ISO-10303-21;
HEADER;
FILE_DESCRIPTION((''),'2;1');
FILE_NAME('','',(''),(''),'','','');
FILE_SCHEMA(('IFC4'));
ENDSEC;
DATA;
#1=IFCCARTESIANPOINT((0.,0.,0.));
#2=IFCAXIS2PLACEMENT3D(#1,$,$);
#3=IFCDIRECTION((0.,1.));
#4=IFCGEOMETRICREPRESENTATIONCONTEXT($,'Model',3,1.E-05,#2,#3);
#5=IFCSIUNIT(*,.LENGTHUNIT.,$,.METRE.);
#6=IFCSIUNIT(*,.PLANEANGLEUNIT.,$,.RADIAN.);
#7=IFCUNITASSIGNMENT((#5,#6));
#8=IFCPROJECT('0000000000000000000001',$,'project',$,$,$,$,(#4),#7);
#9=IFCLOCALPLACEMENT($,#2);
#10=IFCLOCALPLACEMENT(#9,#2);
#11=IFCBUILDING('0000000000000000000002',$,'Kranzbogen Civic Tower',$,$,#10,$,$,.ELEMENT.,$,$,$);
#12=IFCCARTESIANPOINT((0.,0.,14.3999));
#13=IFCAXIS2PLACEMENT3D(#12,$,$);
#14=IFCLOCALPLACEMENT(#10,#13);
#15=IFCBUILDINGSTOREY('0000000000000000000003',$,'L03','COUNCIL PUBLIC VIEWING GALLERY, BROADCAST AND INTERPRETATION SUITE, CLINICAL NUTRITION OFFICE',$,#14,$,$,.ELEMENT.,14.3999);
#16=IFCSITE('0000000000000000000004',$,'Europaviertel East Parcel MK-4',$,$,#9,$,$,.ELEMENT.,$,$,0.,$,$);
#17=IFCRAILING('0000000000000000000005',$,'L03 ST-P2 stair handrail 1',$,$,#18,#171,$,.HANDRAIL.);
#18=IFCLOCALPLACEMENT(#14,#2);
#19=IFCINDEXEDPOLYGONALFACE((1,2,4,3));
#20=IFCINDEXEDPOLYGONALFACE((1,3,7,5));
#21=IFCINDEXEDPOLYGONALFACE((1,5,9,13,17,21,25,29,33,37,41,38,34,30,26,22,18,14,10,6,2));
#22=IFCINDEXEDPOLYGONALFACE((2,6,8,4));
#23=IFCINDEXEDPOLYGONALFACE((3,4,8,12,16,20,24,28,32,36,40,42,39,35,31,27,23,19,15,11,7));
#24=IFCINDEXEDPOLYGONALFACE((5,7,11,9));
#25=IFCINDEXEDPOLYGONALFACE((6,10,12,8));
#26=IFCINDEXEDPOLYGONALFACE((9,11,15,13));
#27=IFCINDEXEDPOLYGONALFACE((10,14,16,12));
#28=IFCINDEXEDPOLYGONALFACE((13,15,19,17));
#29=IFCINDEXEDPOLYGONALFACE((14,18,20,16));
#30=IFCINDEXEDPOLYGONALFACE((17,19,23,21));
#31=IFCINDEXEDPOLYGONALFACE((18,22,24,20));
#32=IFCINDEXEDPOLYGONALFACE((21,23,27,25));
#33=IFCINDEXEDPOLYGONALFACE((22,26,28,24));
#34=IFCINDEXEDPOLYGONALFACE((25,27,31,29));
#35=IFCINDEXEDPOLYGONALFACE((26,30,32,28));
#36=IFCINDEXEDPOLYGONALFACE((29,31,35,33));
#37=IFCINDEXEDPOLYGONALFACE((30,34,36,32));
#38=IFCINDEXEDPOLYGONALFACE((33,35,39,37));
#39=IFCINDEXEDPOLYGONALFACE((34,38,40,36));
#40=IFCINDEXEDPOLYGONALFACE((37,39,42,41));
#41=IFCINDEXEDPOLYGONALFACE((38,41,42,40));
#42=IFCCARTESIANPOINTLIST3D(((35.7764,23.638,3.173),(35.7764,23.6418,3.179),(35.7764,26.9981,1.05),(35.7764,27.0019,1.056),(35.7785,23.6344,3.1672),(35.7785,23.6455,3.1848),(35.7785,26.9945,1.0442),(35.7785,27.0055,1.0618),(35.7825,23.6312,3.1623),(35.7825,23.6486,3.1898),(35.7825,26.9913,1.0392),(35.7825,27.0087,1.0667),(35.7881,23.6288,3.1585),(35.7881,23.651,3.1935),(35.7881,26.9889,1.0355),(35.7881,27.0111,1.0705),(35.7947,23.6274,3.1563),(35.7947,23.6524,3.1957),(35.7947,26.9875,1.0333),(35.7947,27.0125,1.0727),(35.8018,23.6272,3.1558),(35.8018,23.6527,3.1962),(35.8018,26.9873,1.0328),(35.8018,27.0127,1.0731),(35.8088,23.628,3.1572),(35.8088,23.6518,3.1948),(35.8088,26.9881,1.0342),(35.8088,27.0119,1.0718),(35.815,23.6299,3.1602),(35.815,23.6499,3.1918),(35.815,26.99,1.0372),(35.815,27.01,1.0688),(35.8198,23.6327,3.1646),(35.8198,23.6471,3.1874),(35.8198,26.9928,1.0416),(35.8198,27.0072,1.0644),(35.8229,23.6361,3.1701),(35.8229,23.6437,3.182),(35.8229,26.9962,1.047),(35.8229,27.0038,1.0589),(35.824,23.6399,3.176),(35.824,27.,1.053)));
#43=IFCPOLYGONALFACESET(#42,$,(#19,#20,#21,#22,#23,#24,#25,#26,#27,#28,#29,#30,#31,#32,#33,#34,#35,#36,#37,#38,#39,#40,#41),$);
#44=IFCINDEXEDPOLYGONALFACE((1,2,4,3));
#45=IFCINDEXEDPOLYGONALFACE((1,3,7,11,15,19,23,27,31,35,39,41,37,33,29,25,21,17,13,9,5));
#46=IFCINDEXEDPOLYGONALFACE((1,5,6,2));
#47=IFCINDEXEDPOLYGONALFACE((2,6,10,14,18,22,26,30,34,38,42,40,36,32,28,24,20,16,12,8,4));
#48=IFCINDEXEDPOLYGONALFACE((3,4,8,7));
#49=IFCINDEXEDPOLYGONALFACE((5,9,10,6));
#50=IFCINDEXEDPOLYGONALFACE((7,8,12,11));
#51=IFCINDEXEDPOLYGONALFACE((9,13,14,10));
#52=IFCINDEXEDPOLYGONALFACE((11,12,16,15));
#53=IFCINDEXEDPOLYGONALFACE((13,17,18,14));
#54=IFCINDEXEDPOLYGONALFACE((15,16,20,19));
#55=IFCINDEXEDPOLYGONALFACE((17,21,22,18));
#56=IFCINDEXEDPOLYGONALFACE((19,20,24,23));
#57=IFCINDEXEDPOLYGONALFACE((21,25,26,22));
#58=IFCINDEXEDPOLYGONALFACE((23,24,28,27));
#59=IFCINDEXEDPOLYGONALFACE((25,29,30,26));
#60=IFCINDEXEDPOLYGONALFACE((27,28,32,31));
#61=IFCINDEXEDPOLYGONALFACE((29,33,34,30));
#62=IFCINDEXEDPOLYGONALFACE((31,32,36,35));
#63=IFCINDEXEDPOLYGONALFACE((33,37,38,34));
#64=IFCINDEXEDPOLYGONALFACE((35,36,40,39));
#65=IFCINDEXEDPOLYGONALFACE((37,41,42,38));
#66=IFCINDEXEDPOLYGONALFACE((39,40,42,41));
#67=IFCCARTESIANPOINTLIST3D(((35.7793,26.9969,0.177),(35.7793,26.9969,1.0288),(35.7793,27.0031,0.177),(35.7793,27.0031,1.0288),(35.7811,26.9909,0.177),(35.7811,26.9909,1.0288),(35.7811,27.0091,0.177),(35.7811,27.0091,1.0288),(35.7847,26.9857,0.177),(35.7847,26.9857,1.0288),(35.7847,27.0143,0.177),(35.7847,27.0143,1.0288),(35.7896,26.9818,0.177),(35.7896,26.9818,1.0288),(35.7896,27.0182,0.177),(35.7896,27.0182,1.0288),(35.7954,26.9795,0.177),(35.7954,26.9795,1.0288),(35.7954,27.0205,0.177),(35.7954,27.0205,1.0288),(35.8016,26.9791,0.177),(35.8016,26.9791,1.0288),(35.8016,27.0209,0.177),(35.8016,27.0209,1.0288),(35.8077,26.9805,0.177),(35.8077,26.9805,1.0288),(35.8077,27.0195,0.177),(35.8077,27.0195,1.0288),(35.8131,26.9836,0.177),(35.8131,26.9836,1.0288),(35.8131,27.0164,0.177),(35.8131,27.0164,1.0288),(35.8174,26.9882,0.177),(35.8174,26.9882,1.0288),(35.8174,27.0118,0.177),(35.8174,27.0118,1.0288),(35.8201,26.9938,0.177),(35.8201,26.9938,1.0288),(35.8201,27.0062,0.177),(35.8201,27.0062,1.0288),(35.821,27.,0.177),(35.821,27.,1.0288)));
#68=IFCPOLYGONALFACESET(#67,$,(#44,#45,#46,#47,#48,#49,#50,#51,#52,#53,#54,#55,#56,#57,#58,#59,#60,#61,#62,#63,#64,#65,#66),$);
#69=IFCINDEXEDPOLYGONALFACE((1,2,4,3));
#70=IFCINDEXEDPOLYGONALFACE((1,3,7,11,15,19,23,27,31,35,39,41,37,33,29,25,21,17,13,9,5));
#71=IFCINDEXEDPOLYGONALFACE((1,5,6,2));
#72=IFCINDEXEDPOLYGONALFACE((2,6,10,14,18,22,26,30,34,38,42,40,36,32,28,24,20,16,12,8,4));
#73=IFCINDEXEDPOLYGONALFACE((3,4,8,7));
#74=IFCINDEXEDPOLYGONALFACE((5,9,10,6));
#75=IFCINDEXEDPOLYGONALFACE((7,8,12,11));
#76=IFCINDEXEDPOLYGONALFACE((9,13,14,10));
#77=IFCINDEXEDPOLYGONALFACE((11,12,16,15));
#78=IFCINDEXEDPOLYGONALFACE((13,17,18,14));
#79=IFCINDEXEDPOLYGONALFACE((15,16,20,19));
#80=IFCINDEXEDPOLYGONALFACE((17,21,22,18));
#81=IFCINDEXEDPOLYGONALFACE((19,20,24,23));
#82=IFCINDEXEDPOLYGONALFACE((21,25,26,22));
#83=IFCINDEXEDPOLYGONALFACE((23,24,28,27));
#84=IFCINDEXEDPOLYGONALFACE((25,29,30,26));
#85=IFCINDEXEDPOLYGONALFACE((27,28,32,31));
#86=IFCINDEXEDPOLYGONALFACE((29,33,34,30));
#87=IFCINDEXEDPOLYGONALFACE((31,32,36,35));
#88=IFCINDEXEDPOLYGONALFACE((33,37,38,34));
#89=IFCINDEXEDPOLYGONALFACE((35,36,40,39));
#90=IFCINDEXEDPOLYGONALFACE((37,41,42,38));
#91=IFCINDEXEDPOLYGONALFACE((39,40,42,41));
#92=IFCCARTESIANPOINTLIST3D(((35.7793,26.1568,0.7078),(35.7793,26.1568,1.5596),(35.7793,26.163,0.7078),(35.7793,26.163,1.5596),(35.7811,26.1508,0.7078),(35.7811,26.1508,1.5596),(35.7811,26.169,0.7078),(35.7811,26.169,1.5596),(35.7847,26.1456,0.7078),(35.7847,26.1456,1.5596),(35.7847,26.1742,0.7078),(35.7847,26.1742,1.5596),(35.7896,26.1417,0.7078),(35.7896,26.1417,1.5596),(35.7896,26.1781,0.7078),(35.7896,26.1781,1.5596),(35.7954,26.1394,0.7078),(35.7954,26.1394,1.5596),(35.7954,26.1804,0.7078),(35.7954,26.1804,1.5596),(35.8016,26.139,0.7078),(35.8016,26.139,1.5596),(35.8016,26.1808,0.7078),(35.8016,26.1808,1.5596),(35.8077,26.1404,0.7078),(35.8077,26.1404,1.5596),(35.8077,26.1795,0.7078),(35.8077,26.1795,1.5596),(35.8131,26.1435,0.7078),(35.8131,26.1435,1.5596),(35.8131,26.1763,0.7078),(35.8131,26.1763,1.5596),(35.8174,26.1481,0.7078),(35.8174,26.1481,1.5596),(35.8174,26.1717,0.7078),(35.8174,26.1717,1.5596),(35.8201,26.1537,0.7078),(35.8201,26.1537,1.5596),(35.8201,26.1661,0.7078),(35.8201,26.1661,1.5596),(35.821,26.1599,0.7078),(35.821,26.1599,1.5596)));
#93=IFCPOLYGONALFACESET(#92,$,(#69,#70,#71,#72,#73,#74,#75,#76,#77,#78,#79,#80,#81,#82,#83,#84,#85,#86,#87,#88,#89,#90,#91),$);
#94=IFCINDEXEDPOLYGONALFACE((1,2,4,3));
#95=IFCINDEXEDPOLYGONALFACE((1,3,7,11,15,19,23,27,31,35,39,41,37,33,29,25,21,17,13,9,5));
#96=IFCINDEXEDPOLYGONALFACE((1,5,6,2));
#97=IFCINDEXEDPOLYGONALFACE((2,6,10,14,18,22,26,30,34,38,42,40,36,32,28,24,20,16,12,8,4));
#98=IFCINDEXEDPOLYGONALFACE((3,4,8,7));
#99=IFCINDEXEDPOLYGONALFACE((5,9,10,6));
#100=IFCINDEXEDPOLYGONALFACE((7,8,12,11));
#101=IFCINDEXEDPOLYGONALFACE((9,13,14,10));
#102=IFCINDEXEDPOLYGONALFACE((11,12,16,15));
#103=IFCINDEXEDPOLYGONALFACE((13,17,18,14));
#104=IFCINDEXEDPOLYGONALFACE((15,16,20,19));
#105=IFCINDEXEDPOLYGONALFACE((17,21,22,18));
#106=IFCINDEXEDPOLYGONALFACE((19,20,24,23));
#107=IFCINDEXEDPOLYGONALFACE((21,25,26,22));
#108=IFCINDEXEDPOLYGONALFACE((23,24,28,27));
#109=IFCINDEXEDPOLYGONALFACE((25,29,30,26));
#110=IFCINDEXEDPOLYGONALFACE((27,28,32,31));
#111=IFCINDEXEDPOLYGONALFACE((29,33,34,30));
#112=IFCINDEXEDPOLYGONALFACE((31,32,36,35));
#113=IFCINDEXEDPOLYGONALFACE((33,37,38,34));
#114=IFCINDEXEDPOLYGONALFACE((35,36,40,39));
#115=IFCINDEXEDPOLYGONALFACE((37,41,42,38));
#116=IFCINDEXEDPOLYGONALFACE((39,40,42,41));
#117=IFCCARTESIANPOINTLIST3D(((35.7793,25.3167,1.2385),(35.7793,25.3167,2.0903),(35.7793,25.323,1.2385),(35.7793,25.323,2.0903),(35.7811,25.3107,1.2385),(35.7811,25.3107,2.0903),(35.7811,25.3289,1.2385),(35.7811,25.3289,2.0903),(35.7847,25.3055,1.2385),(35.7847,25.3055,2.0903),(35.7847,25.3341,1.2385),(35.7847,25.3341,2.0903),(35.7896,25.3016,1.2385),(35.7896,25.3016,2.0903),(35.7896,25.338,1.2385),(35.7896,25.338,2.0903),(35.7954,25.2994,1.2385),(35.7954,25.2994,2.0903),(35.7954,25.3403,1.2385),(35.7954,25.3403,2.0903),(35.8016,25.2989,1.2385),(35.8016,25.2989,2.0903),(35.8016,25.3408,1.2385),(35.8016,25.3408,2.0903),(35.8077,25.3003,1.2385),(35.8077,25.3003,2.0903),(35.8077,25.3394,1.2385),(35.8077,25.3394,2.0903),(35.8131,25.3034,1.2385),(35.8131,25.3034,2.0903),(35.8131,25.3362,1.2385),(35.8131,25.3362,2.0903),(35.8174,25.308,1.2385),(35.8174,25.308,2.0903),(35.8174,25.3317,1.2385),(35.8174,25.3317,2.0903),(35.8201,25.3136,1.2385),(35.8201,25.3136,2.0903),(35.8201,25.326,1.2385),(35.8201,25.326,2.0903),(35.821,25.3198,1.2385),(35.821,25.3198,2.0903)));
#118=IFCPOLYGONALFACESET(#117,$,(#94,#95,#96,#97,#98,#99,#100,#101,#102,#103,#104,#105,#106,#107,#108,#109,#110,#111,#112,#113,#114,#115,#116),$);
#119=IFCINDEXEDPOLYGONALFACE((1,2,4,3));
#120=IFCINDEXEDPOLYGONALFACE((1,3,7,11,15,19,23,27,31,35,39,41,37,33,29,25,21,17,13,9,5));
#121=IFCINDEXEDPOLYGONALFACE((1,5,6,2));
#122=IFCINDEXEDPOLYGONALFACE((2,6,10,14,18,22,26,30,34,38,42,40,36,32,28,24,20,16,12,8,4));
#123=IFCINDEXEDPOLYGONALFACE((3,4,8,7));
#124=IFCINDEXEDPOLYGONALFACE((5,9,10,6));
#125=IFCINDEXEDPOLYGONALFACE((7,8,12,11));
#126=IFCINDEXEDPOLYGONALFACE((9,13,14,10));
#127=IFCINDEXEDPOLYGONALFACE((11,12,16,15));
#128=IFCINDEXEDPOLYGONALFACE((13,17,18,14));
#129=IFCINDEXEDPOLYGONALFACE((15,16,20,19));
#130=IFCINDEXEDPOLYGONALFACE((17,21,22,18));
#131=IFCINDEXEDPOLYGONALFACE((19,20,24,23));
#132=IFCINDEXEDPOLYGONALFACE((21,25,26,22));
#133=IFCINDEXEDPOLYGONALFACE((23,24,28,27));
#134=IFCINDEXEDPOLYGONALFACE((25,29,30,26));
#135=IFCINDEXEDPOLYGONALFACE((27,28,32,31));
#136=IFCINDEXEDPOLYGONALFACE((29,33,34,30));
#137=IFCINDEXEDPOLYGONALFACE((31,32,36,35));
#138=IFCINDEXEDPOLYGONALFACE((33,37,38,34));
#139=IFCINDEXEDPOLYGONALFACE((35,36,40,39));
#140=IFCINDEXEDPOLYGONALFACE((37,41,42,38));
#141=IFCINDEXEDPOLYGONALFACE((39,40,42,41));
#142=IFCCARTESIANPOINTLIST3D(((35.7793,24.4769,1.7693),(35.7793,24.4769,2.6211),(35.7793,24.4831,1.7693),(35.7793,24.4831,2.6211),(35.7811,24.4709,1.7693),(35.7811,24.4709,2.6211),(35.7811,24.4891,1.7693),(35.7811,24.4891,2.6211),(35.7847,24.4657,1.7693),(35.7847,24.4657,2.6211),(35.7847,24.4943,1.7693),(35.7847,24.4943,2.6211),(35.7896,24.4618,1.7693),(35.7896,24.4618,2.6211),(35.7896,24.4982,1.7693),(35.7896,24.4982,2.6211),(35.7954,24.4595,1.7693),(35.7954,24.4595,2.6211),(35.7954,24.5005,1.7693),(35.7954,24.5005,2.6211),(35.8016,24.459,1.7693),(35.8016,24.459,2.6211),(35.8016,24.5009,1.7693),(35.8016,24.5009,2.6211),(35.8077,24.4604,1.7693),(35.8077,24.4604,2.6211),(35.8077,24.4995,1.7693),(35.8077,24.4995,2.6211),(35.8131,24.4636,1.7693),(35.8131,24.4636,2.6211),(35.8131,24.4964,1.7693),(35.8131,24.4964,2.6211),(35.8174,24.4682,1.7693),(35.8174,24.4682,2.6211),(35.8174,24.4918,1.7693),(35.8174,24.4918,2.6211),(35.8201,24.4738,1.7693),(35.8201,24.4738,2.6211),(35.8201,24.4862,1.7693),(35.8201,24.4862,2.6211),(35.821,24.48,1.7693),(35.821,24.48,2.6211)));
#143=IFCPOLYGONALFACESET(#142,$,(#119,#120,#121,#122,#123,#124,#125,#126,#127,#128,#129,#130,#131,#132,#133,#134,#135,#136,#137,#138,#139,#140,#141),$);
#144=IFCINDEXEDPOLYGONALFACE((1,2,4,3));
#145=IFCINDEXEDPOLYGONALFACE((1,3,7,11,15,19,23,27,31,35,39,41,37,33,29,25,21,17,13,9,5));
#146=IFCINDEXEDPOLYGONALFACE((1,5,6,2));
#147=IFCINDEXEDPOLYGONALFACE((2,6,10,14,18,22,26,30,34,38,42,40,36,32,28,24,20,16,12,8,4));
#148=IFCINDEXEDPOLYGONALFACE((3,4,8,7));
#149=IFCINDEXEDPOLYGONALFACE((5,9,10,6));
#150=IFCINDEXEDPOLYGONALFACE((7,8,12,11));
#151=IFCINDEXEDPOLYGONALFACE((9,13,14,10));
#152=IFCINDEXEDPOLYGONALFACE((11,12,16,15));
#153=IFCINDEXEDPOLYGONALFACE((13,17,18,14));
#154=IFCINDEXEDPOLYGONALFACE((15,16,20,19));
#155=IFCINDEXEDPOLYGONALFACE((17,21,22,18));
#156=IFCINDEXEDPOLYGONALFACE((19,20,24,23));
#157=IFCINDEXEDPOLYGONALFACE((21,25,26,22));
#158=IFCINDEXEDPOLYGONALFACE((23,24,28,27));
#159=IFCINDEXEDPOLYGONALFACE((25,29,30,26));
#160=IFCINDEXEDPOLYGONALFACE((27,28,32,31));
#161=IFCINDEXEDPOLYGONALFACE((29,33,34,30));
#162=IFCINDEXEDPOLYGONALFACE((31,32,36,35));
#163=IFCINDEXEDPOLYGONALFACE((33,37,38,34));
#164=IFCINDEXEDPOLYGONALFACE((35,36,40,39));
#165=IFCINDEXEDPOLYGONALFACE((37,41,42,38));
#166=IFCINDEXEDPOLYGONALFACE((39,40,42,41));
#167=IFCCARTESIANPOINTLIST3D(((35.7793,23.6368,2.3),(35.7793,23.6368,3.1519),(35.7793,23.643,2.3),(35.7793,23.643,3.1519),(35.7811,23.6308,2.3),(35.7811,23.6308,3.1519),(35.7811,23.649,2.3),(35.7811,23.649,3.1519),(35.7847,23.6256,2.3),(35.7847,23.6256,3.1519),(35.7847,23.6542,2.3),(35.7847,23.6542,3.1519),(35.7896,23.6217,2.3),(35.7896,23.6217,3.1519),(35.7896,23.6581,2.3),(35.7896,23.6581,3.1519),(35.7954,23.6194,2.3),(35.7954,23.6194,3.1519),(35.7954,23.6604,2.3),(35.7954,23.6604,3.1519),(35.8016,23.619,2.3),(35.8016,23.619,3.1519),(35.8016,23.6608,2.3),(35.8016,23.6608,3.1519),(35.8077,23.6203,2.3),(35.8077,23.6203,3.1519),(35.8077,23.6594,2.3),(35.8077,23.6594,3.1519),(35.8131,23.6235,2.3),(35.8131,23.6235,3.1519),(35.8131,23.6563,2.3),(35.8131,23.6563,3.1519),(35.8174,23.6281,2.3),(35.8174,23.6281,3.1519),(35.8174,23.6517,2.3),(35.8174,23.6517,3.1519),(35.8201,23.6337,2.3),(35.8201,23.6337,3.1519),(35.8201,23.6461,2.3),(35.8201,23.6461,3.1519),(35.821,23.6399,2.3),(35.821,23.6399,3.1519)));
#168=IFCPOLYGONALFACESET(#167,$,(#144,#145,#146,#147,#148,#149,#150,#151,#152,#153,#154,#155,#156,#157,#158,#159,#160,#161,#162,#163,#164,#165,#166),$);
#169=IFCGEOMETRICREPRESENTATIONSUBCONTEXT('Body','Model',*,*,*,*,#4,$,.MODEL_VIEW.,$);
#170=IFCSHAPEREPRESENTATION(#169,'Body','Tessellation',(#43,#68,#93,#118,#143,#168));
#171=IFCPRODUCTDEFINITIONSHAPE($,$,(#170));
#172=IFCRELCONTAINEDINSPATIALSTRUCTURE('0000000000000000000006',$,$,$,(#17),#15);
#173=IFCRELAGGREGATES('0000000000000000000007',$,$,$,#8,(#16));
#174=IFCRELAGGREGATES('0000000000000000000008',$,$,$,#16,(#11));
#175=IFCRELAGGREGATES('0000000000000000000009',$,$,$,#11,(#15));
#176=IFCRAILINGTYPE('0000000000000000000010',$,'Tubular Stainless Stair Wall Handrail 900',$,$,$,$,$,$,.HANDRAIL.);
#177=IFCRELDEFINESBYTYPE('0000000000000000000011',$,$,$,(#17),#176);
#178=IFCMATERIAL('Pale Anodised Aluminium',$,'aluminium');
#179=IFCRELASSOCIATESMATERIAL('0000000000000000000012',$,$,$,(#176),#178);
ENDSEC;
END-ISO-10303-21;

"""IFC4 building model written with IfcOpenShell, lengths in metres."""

from ifc_helpers import new_model, si_unit, direction, frame, origin, origin_2d, place, context, subcontext, project, spatial, circle, extrude, material, type_object, element, save


model = new_model("IFC4")

# Units and contexts
model_context = context("Model", 3, precision=1e-05, world=origin(), true_north=direction((0.0, 1.0)))
body_context = subcontext(model_context, "Body", "Model", "MODEL_VIEW")
ifc_project = project(units=[si_unit("LENGTHUNIT", "METRE"), si_unit("PLANEANGLEUNIT", "RADIAN")], contexts=[model_context])

# Site, building, storey
site_placement = place(None, origin())
site = spatial("IfcSite", under=ifc_project, at=site_placement, Name="Europaviertel East Parcel MK-4", CompositionType="ELEMENT", RefElevation=0.0)
building_placement = place(site_placement, origin())
building = spatial("IfcBuilding", under=site, at=building_placement, Name="Kranzbogen Civic Tower", CompositionType="ELEMENT")
storey_placement = place(building_placement, frame((0.0, 0.0, 14.3999)))
storey = spatial("IfcBuildingStorey", under=building, at=storey_placement, Name="L03", Description="COUNCIL PUBLIC VIEWING GALLERY, BROADCAST AND INTERPRETATION SUITE, CLINICAL NUTRITION OFFICE", CompositionType="ELEMENT", Elevation=14.3999)

# Shared definitions
ifc_material_1 = material(Name="Pale Anodised Aluminium", Category="aluminium")

# Railing
railing_type_1 = type_object("IfcRailingType", Name="Tubular Stainless Stair Wall Handrail 900", PredefinedType="HANDRAIL", material=ifc_material_1)
railing_1_placement = place(storey_placement, frame((35.8, 27.0, 0.177)))
element("IfcRailing", 1, at=railing_1_placement, inside=storey, type_object=railing_type_1, Name="L03 ST-P2 stair handrail 1", PredefinedType="HANDRAIL", context=body_context, shape_type="SweptSolid", body=[
    extrude(circle(Radius=0.0239, at=origin_2d()), frame((0.0, 0.0, 0.876), z_axis=(0.0, -0.84539, 0.53415), x_axis=(1.0, 0.0, 0.0)), (0.0, 0.0, 1.0), 3.9746),
    extrude(circle(Radius=0.021, at=origin_2d()), origin(), (0.0, 0.0, 1.0), 0.8518),
    extrude(circle(Radius=0.021, at=origin_2d()), frame((0.0, -0.8401, 0.5308)), (0.0, 0.0, 1.0), 0.8518),
    extrude(circle(Radius=0.021, at=origin_2d()), frame((0.0, -1.6802, 1.0615)), (0.0, 0.0, 1.0), 0.8518),
    extrude(circle(Radius=0.021, at=origin_2d()), frame((0.0, -2.52, 1.5923)), (0.0, 0.0, 1.0), 0.8518),
    extrude(circle(Radius=0.021, at=origin_2d()), frame((0.0, -3.3601, 2.123)), (0.0, 0.0, 1.0), 0.8518),
])

save(model, "model.ifc")
